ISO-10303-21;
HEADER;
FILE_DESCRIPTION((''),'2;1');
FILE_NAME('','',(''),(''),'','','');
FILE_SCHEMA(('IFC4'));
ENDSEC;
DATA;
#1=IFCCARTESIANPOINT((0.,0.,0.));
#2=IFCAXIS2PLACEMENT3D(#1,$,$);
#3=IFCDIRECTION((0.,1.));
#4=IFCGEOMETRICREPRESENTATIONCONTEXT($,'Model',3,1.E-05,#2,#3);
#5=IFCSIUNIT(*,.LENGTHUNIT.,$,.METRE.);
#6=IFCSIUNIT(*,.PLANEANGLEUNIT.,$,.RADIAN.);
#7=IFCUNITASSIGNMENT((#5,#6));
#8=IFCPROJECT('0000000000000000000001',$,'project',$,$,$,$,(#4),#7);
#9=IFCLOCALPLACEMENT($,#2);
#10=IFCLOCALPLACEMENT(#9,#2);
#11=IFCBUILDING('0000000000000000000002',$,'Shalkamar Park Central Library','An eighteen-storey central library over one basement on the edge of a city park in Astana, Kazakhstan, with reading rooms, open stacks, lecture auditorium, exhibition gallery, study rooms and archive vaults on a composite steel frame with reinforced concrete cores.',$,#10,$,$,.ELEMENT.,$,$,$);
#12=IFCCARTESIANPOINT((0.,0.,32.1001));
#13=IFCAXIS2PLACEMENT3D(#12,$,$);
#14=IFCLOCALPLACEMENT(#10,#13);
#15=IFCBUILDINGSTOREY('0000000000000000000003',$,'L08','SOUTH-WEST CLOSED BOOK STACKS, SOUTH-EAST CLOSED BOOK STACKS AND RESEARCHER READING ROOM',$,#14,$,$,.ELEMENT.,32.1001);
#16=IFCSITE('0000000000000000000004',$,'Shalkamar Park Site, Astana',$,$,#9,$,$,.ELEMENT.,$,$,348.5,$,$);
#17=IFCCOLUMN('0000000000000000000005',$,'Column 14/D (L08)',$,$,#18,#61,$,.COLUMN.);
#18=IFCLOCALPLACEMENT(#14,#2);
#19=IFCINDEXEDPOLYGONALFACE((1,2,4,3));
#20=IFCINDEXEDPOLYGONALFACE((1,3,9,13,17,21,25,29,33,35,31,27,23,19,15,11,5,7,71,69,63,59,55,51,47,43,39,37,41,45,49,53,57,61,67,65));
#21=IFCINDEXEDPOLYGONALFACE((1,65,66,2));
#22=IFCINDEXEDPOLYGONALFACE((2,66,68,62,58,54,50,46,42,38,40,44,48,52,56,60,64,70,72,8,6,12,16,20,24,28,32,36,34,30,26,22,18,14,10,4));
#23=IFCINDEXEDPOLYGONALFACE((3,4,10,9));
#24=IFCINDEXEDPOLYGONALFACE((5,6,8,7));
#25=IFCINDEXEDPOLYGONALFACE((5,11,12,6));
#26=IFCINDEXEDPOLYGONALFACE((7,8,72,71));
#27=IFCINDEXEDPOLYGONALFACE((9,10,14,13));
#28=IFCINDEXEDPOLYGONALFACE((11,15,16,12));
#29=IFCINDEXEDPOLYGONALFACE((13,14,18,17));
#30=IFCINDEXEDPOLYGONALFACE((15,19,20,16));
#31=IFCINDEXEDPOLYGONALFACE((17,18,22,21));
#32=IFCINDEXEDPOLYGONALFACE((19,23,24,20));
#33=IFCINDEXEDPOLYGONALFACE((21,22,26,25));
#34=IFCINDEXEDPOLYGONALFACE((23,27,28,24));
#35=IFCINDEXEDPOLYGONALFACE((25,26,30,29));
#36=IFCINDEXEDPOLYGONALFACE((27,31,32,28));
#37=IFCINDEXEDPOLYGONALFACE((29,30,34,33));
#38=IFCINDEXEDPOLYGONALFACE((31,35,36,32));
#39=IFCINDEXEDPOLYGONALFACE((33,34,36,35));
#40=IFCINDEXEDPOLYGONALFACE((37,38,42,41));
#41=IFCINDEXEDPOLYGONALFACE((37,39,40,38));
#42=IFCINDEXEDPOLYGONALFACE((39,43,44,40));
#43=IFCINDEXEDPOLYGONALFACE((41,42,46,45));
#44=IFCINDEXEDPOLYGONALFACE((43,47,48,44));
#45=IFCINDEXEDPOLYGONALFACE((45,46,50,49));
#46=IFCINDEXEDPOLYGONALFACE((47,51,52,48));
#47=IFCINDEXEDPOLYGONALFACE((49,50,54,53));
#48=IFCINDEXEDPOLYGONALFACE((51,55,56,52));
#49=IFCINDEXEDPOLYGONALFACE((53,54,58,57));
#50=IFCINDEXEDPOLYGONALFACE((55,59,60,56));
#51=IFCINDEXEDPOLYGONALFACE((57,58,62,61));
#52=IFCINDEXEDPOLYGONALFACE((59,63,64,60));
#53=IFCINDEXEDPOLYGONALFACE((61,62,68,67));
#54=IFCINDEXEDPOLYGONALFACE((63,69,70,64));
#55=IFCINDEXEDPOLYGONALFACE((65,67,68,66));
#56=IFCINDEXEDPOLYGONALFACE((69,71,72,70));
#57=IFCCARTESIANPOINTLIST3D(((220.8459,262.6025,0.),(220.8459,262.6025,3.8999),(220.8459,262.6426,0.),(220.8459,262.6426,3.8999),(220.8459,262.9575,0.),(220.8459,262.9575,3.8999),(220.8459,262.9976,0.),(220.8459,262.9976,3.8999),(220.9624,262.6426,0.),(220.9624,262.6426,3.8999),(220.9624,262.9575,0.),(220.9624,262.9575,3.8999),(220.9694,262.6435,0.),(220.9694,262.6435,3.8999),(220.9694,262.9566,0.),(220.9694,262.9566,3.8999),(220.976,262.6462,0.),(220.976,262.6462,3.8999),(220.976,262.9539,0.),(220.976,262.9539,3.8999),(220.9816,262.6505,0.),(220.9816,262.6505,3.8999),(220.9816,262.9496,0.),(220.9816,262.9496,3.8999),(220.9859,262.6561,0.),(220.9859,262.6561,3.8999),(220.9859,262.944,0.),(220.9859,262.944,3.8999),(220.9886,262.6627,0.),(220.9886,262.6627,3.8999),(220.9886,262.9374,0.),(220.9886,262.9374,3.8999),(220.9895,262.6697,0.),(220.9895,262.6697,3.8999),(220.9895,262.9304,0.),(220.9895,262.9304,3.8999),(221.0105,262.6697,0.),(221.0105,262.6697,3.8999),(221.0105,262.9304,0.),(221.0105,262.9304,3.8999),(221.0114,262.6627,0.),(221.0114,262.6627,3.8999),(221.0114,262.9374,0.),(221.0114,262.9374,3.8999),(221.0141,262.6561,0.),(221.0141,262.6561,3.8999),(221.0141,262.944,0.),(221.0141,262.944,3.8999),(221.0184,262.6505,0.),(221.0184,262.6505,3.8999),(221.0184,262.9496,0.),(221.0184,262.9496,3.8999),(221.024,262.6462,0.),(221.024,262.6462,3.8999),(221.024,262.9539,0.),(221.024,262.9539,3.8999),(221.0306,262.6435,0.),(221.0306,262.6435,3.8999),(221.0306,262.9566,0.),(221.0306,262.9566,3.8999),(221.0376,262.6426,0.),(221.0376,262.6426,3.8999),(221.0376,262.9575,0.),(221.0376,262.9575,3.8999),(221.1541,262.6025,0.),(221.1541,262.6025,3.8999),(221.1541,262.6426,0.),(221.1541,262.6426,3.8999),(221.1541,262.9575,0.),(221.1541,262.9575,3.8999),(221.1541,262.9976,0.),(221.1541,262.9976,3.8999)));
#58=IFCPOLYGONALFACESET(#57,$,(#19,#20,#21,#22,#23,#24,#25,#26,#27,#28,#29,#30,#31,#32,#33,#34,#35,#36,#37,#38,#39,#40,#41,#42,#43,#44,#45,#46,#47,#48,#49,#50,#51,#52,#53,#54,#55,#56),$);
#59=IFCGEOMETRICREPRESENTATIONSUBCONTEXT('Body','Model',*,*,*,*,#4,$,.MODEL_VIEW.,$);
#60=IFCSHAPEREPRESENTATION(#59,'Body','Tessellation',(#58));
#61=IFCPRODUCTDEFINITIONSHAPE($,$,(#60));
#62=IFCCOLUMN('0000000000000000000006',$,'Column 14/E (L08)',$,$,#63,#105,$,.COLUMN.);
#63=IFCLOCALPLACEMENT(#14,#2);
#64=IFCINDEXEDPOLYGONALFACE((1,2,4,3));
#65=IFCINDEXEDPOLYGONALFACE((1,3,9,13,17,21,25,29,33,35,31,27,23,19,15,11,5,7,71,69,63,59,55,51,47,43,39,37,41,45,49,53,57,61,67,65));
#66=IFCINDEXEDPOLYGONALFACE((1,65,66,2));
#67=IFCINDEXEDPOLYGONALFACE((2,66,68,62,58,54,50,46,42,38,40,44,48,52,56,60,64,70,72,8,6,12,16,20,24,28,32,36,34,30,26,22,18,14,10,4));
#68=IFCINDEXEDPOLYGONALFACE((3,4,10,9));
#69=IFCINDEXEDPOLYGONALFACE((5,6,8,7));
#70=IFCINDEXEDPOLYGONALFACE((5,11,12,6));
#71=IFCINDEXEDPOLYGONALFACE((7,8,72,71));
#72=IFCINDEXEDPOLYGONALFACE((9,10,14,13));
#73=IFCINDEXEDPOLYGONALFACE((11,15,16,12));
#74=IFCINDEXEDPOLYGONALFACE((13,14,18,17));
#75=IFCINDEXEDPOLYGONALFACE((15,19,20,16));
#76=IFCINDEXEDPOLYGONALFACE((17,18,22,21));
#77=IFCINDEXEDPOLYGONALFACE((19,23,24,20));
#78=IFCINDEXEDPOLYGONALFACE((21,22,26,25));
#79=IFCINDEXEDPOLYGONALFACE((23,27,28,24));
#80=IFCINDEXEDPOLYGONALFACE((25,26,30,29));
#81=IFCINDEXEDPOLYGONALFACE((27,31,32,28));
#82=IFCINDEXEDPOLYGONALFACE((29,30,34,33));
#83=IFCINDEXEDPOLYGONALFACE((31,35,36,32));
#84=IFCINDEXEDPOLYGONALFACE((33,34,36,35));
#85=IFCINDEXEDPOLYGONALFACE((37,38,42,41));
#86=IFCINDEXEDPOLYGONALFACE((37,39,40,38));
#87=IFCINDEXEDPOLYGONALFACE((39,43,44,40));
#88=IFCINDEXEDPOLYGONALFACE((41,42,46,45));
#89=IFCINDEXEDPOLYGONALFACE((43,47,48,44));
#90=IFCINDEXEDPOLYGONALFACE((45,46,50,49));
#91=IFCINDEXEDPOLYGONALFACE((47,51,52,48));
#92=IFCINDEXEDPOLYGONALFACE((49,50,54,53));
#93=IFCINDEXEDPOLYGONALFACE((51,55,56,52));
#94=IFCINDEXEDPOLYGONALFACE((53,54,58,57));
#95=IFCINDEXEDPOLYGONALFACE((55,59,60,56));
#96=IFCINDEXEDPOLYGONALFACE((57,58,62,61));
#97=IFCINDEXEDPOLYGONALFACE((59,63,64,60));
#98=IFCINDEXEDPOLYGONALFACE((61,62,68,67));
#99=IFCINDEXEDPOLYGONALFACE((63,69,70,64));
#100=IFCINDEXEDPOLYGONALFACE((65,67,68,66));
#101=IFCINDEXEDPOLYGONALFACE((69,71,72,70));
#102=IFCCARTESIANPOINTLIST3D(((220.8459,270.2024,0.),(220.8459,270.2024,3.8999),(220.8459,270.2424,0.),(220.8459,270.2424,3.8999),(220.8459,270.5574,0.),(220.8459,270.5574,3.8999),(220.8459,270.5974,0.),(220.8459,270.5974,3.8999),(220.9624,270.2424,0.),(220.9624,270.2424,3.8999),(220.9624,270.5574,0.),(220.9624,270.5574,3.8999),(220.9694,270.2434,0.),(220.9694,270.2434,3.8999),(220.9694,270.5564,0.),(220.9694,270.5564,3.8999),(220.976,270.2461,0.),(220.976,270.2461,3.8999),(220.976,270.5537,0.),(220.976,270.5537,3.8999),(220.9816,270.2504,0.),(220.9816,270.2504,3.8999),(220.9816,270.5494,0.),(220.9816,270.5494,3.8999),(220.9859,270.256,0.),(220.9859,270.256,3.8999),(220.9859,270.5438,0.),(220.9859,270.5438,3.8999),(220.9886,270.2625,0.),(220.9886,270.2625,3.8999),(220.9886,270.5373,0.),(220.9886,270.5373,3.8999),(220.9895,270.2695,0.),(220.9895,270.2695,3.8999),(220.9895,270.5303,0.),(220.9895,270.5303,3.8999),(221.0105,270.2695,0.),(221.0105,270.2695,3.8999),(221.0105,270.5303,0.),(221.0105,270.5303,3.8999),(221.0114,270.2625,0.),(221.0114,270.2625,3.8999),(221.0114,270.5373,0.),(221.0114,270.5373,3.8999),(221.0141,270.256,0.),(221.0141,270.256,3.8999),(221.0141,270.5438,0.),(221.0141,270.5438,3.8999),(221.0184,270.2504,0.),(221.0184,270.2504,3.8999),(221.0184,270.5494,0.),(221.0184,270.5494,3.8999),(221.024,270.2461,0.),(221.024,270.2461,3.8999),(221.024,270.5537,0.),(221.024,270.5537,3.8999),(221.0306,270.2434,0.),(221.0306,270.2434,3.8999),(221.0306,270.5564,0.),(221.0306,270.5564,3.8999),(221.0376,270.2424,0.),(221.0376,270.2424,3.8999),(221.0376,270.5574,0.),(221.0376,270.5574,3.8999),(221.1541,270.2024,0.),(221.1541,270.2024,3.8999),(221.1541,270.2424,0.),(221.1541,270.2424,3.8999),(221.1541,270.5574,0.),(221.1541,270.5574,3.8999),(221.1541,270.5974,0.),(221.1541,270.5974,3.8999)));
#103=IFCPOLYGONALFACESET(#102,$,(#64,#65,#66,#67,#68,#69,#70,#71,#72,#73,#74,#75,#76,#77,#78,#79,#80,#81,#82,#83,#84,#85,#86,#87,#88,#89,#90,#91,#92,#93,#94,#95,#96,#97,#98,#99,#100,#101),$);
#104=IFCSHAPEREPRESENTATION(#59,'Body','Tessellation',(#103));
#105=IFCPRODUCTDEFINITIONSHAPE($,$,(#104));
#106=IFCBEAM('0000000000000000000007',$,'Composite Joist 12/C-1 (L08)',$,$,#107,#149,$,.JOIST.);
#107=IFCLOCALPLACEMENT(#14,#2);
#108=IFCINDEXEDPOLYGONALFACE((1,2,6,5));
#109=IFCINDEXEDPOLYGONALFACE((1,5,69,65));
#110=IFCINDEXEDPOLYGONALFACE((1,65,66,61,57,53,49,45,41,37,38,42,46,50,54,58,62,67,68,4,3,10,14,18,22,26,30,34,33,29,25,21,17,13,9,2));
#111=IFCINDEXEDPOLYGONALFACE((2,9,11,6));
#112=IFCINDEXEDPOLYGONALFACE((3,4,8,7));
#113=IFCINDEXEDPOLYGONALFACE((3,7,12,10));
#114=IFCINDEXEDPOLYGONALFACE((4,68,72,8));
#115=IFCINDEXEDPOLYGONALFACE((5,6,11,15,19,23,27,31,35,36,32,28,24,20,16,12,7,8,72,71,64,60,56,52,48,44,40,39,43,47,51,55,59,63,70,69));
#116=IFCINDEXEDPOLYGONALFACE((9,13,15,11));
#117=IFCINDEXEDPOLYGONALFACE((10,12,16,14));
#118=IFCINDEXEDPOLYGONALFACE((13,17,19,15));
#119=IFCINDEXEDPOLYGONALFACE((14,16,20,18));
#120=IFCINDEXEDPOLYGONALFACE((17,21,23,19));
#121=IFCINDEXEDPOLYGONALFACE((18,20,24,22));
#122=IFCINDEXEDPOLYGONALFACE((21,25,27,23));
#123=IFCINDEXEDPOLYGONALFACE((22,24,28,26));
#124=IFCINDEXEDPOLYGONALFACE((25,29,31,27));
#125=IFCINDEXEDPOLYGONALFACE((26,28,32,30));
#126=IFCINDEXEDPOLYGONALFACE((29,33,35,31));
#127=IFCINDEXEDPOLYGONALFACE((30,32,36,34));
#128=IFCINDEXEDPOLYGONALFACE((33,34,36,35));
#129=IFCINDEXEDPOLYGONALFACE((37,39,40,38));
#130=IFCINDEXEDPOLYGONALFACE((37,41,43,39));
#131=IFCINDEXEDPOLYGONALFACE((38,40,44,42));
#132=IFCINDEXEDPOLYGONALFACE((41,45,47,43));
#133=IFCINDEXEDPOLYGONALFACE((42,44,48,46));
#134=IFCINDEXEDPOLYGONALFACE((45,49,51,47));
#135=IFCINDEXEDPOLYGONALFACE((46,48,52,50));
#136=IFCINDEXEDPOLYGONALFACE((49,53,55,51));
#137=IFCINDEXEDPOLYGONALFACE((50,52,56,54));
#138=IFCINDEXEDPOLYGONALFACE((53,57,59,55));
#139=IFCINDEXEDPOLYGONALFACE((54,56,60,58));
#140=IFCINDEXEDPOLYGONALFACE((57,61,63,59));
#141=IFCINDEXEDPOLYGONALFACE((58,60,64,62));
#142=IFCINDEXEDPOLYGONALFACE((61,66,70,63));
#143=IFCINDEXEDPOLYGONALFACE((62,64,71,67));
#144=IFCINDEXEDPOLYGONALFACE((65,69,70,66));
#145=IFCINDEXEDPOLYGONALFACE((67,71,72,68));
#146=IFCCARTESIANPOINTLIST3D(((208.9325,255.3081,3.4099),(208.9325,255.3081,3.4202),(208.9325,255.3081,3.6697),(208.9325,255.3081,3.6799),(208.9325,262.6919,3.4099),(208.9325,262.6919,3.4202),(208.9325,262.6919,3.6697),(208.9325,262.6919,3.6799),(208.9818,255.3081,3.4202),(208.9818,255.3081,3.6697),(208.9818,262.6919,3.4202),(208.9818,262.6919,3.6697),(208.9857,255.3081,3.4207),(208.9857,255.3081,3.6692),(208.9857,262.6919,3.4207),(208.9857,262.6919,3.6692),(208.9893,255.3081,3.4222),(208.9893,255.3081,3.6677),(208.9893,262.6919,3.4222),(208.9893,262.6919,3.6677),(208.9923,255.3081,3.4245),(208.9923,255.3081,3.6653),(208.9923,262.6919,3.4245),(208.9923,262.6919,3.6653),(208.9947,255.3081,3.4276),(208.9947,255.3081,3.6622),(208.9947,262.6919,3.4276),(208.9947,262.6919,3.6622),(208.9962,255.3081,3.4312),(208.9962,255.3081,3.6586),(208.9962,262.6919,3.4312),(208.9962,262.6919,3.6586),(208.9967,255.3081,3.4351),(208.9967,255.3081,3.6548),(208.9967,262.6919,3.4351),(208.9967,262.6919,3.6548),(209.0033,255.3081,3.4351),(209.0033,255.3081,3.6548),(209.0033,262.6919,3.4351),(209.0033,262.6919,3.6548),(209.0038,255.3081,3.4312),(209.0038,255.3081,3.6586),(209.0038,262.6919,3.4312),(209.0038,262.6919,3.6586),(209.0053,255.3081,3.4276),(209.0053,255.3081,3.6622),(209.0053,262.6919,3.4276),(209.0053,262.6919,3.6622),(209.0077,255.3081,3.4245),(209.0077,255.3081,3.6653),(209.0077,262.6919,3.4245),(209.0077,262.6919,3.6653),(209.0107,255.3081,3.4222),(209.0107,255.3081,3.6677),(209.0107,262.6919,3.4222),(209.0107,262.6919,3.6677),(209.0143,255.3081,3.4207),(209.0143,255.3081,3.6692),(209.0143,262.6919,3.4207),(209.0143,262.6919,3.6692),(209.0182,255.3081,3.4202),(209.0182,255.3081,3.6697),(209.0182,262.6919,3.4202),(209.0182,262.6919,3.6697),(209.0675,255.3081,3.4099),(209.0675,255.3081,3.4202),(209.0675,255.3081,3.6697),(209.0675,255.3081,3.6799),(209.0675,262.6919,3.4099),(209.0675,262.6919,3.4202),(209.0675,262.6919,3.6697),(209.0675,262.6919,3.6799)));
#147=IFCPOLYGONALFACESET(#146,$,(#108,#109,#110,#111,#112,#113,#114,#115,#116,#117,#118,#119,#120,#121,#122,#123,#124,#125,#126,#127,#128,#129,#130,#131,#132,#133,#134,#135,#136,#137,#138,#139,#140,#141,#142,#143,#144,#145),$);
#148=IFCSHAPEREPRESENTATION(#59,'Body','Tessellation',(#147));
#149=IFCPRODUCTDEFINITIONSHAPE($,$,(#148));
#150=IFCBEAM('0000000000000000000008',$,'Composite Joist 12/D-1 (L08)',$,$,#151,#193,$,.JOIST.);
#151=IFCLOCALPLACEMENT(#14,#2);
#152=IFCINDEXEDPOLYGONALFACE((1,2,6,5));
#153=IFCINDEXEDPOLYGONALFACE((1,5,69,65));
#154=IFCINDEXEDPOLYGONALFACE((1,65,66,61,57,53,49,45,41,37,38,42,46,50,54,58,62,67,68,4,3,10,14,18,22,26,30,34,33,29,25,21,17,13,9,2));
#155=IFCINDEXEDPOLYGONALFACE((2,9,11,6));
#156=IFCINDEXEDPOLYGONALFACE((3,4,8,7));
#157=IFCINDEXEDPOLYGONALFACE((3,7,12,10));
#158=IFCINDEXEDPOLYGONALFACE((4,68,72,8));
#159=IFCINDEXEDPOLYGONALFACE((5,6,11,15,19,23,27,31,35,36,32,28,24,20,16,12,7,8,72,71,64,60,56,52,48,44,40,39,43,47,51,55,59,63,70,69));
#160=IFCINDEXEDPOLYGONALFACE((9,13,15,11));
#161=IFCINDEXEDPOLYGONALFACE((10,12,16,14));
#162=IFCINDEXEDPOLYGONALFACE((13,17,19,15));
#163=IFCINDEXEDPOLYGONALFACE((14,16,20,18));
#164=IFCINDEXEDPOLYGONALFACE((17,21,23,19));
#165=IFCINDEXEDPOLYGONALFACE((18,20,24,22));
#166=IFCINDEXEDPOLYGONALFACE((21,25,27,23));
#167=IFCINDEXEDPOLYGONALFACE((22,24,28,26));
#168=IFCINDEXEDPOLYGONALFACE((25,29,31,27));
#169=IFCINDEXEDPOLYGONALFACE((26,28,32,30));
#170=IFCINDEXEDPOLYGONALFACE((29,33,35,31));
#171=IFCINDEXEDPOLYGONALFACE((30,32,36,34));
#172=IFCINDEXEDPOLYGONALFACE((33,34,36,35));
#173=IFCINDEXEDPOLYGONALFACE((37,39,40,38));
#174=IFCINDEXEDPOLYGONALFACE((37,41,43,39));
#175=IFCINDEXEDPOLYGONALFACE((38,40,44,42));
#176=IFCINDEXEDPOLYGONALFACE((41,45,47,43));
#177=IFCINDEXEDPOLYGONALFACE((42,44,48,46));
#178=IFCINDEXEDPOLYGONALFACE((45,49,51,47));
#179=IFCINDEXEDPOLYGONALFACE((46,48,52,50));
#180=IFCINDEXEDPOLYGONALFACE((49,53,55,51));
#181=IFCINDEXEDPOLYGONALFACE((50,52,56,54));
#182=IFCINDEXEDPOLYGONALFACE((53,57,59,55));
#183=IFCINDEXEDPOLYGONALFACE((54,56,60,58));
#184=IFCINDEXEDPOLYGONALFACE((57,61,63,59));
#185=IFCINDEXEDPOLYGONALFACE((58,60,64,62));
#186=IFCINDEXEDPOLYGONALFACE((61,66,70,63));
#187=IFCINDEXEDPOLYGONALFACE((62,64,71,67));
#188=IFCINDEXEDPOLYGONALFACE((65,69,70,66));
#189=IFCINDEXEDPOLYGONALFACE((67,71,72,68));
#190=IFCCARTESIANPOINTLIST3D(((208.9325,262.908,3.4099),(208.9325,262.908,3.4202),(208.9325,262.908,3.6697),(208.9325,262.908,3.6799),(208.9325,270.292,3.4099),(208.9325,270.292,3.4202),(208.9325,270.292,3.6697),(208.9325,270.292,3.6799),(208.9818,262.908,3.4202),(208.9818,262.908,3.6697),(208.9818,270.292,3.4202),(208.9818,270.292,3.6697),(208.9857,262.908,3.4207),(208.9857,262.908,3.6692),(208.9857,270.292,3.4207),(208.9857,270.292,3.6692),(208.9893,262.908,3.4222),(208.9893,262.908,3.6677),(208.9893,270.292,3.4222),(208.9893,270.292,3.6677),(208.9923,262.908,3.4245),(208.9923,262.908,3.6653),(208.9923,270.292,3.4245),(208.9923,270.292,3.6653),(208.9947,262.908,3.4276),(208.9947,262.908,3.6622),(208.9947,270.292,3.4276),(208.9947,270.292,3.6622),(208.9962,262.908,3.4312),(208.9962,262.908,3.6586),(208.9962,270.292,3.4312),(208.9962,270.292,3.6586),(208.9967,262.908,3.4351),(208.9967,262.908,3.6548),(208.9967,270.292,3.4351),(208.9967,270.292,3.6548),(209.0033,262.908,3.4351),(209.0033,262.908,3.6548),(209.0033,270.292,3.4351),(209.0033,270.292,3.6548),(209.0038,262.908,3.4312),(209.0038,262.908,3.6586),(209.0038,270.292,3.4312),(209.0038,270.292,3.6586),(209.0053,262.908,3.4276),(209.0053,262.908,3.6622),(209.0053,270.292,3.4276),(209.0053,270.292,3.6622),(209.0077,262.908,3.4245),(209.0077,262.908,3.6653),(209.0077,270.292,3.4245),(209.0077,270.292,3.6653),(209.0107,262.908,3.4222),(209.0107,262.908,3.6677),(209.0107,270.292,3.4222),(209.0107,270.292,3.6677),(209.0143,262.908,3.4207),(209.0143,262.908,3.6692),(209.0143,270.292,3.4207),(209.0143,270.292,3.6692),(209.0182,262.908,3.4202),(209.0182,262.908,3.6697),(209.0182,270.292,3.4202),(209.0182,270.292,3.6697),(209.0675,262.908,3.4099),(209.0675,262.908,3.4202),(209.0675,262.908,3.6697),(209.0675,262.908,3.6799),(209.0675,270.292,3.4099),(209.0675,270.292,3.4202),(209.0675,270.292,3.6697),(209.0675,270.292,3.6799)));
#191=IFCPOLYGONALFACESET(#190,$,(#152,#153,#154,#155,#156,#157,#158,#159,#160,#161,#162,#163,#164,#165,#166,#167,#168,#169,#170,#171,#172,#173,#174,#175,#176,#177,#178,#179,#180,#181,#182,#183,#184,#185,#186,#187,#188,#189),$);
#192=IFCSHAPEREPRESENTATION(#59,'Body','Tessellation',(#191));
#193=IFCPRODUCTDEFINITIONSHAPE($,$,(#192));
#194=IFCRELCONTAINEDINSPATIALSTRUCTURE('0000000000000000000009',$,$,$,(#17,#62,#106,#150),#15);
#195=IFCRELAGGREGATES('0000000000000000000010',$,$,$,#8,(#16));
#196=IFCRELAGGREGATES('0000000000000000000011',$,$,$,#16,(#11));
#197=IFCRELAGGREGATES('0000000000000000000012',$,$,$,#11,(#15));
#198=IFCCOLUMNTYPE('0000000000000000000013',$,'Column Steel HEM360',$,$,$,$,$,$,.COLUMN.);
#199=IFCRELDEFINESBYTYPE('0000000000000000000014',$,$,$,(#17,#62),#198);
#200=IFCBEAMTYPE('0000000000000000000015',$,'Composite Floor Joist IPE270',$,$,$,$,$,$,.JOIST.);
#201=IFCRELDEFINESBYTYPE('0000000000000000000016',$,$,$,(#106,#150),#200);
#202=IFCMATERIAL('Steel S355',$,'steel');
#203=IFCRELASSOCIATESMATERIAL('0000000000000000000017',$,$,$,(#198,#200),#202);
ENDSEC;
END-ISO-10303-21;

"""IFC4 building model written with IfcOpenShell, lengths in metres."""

from ifc_helpers import new_model, si_unit, direction, frame, origin, origin_2d, place, context, subcontext, project, spatial, i_section, extrude, material, material_profile, profile_set, type_object, element, save


model = new_model("IFC4")

# Units and contexts
model_context = context("Model", 3, precision=1e-05, world=origin(), true_north=direction((0.0, 1.0)))
body_context = subcontext(model_context, "Body", "Model", "MODEL_VIEW")
ifc_project = project(units=[si_unit("LENGTHUNIT", "METRE"), si_unit("PLANEANGLEUNIT", "RADIAN")], contexts=[model_context])

# Site, building, storey
site_placement = place(None, origin())
site = spatial("IfcSite", under=ifc_project, at=site_placement, Name="Shalkamar Park Site, Astana", CompositionType="ELEMENT", RefElevation=348.5)
building_placement = place(site_placement, origin())
building = spatial("IfcBuilding", under=site, at=building_placement, Name="Shalkamar Park Central Library", Description="An eighteen-storey central library over one basement on the edge of a city park in Astana, Kazakhstan, with reading rooms, open stacks, lecture auditorium, exhibition gallery, study rooms and archive vaults on a composite steel frame with reinforced concrete cores.", CompositionType="ELEMENT")
storey_placement = place(building_placement, frame((0.0, 0.0, 32.1001)))
storey = spatial("IfcBuildingStorey", under=building, at=storey_placement, Name="L08", Description="SOUTH-WEST CLOSED BOOK STACKS, SOUTH-EAST CLOSED BOOK STACKS AND RESEARCHER READING ROOM", CompositionType="ELEMENT", Elevation=32.1001)

# Columns
ifc_material_1 = material(Name="Steel S355", Category="steel")
ifc_material_profile_1 = material_profile(ifc_material_1, i_section(OverallWidth=0.3081, OverallDepth=0.395, WebThickness=0.021, FlangeThickness=0.04, FilletRadius=0.0271, at=origin_2d()), Name="HEM 360")
ifc_profile_set_1 = profile_set([ifc_material_profile_1], Name="Steel S355")
column_type_1 = type_object("IfcColumnType", Name="Column Steel HEM360", PredefinedType="COLUMN", material=ifc_profile_set_1)
for number, where, z_axis, x_axis, name in (
    (1, (221.0, 262.8, 0.0), (0.0, 0.0, 1.0), (1.0, 0.0, 0.0), "Column 14/D (L08)"),
    (2, (221.0, 270.3999, 0.0), (0.0, 0.0, 1.0), (1.0, 0.0, 0.0), "Column 14/E (L08)"),
):
    element("IfcColumn", number, at=place(storey_placement, frame(where, z_axis=z_axis, x_axis=x_axis)), inside=storey, type_object=column_type_1, Name=name, PredefinedType="COLUMN", context=body_context, shape_type="SweptSolid", body=[
        extrude(i_section(OverallWidth=0.3081, OverallDepth=0.395, WebThickness=0.021, FlangeThickness=0.04, FilletRadius=0.0271, at=origin_2d()), origin(), (0.0, 0.0, 1.0), 3.8999),
    ])

# Beams
ifc_material_profile_2 = material_profile(ifc_material_1, i_section(OverallWidth=0.135, OverallDepth=0.27, WebThickness=0.0066, FlangeThickness=0.0103, FilletRadius=0.0149, at=origin_2d()), Name="IPE 270")
ifc_profile_set_2 = profile_set([ifc_material_profile_2], Name="Steel S355")
beam_type_1 = type_object("IfcBeamType", Name="Composite Floor Joist IPE270", PredefinedType="JOIST", material=ifc_profile_set_2)
beam_1_placement = place(storey_placement, frame((209.0, 255.3081, 3.5449), z_axis=(0.0, 1.0, 0.0), x_axis=(-1.0, 0.0, 0.0)))
element("IfcBeam", 3, at=beam_1_placement, inside=storey, type_object=beam_type_1, Name="Composite Joist 12/C-1 (L08)", PredefinedType="JOIST", context=body_context, shape_type="SweptSolid", body=[
    extrude(i_section(OverallWidth=0.135, OverallDepth=0.27, WebThickness=0.0066, FlangeThickness=0.0103, FilletRadius=0.0149, at=origin_2d()), origin(), (0.0, 0.0, 1.0), 7.3838),
])
beam_2_placement = place(storey_placement, frame((209.0, 262.908, 3.5449), z_axis=(0.0, 1.0, 0.0), x_axis=(-1.0, 0.0, 0.0)))
element("IfcBeam", 4, at=beam_2_placement, inside=storey, type_object=beam_type_1, Name="Composite Joist 12/D-1 (L08)", PredefinedType="JOIST", context=body_context, shape_type="SweptSolid", body=[
    extrude(i_section(OverallWidth=0.135, OverallDepth=0.27, WebThickness=0.0066, FlangeThickness=0.0103, FilletRadius=0.0149, at=origin_2d()), origin(), (0.0, 0.0, 1.0), 7.384),
])

save(model, "model.ifc")
